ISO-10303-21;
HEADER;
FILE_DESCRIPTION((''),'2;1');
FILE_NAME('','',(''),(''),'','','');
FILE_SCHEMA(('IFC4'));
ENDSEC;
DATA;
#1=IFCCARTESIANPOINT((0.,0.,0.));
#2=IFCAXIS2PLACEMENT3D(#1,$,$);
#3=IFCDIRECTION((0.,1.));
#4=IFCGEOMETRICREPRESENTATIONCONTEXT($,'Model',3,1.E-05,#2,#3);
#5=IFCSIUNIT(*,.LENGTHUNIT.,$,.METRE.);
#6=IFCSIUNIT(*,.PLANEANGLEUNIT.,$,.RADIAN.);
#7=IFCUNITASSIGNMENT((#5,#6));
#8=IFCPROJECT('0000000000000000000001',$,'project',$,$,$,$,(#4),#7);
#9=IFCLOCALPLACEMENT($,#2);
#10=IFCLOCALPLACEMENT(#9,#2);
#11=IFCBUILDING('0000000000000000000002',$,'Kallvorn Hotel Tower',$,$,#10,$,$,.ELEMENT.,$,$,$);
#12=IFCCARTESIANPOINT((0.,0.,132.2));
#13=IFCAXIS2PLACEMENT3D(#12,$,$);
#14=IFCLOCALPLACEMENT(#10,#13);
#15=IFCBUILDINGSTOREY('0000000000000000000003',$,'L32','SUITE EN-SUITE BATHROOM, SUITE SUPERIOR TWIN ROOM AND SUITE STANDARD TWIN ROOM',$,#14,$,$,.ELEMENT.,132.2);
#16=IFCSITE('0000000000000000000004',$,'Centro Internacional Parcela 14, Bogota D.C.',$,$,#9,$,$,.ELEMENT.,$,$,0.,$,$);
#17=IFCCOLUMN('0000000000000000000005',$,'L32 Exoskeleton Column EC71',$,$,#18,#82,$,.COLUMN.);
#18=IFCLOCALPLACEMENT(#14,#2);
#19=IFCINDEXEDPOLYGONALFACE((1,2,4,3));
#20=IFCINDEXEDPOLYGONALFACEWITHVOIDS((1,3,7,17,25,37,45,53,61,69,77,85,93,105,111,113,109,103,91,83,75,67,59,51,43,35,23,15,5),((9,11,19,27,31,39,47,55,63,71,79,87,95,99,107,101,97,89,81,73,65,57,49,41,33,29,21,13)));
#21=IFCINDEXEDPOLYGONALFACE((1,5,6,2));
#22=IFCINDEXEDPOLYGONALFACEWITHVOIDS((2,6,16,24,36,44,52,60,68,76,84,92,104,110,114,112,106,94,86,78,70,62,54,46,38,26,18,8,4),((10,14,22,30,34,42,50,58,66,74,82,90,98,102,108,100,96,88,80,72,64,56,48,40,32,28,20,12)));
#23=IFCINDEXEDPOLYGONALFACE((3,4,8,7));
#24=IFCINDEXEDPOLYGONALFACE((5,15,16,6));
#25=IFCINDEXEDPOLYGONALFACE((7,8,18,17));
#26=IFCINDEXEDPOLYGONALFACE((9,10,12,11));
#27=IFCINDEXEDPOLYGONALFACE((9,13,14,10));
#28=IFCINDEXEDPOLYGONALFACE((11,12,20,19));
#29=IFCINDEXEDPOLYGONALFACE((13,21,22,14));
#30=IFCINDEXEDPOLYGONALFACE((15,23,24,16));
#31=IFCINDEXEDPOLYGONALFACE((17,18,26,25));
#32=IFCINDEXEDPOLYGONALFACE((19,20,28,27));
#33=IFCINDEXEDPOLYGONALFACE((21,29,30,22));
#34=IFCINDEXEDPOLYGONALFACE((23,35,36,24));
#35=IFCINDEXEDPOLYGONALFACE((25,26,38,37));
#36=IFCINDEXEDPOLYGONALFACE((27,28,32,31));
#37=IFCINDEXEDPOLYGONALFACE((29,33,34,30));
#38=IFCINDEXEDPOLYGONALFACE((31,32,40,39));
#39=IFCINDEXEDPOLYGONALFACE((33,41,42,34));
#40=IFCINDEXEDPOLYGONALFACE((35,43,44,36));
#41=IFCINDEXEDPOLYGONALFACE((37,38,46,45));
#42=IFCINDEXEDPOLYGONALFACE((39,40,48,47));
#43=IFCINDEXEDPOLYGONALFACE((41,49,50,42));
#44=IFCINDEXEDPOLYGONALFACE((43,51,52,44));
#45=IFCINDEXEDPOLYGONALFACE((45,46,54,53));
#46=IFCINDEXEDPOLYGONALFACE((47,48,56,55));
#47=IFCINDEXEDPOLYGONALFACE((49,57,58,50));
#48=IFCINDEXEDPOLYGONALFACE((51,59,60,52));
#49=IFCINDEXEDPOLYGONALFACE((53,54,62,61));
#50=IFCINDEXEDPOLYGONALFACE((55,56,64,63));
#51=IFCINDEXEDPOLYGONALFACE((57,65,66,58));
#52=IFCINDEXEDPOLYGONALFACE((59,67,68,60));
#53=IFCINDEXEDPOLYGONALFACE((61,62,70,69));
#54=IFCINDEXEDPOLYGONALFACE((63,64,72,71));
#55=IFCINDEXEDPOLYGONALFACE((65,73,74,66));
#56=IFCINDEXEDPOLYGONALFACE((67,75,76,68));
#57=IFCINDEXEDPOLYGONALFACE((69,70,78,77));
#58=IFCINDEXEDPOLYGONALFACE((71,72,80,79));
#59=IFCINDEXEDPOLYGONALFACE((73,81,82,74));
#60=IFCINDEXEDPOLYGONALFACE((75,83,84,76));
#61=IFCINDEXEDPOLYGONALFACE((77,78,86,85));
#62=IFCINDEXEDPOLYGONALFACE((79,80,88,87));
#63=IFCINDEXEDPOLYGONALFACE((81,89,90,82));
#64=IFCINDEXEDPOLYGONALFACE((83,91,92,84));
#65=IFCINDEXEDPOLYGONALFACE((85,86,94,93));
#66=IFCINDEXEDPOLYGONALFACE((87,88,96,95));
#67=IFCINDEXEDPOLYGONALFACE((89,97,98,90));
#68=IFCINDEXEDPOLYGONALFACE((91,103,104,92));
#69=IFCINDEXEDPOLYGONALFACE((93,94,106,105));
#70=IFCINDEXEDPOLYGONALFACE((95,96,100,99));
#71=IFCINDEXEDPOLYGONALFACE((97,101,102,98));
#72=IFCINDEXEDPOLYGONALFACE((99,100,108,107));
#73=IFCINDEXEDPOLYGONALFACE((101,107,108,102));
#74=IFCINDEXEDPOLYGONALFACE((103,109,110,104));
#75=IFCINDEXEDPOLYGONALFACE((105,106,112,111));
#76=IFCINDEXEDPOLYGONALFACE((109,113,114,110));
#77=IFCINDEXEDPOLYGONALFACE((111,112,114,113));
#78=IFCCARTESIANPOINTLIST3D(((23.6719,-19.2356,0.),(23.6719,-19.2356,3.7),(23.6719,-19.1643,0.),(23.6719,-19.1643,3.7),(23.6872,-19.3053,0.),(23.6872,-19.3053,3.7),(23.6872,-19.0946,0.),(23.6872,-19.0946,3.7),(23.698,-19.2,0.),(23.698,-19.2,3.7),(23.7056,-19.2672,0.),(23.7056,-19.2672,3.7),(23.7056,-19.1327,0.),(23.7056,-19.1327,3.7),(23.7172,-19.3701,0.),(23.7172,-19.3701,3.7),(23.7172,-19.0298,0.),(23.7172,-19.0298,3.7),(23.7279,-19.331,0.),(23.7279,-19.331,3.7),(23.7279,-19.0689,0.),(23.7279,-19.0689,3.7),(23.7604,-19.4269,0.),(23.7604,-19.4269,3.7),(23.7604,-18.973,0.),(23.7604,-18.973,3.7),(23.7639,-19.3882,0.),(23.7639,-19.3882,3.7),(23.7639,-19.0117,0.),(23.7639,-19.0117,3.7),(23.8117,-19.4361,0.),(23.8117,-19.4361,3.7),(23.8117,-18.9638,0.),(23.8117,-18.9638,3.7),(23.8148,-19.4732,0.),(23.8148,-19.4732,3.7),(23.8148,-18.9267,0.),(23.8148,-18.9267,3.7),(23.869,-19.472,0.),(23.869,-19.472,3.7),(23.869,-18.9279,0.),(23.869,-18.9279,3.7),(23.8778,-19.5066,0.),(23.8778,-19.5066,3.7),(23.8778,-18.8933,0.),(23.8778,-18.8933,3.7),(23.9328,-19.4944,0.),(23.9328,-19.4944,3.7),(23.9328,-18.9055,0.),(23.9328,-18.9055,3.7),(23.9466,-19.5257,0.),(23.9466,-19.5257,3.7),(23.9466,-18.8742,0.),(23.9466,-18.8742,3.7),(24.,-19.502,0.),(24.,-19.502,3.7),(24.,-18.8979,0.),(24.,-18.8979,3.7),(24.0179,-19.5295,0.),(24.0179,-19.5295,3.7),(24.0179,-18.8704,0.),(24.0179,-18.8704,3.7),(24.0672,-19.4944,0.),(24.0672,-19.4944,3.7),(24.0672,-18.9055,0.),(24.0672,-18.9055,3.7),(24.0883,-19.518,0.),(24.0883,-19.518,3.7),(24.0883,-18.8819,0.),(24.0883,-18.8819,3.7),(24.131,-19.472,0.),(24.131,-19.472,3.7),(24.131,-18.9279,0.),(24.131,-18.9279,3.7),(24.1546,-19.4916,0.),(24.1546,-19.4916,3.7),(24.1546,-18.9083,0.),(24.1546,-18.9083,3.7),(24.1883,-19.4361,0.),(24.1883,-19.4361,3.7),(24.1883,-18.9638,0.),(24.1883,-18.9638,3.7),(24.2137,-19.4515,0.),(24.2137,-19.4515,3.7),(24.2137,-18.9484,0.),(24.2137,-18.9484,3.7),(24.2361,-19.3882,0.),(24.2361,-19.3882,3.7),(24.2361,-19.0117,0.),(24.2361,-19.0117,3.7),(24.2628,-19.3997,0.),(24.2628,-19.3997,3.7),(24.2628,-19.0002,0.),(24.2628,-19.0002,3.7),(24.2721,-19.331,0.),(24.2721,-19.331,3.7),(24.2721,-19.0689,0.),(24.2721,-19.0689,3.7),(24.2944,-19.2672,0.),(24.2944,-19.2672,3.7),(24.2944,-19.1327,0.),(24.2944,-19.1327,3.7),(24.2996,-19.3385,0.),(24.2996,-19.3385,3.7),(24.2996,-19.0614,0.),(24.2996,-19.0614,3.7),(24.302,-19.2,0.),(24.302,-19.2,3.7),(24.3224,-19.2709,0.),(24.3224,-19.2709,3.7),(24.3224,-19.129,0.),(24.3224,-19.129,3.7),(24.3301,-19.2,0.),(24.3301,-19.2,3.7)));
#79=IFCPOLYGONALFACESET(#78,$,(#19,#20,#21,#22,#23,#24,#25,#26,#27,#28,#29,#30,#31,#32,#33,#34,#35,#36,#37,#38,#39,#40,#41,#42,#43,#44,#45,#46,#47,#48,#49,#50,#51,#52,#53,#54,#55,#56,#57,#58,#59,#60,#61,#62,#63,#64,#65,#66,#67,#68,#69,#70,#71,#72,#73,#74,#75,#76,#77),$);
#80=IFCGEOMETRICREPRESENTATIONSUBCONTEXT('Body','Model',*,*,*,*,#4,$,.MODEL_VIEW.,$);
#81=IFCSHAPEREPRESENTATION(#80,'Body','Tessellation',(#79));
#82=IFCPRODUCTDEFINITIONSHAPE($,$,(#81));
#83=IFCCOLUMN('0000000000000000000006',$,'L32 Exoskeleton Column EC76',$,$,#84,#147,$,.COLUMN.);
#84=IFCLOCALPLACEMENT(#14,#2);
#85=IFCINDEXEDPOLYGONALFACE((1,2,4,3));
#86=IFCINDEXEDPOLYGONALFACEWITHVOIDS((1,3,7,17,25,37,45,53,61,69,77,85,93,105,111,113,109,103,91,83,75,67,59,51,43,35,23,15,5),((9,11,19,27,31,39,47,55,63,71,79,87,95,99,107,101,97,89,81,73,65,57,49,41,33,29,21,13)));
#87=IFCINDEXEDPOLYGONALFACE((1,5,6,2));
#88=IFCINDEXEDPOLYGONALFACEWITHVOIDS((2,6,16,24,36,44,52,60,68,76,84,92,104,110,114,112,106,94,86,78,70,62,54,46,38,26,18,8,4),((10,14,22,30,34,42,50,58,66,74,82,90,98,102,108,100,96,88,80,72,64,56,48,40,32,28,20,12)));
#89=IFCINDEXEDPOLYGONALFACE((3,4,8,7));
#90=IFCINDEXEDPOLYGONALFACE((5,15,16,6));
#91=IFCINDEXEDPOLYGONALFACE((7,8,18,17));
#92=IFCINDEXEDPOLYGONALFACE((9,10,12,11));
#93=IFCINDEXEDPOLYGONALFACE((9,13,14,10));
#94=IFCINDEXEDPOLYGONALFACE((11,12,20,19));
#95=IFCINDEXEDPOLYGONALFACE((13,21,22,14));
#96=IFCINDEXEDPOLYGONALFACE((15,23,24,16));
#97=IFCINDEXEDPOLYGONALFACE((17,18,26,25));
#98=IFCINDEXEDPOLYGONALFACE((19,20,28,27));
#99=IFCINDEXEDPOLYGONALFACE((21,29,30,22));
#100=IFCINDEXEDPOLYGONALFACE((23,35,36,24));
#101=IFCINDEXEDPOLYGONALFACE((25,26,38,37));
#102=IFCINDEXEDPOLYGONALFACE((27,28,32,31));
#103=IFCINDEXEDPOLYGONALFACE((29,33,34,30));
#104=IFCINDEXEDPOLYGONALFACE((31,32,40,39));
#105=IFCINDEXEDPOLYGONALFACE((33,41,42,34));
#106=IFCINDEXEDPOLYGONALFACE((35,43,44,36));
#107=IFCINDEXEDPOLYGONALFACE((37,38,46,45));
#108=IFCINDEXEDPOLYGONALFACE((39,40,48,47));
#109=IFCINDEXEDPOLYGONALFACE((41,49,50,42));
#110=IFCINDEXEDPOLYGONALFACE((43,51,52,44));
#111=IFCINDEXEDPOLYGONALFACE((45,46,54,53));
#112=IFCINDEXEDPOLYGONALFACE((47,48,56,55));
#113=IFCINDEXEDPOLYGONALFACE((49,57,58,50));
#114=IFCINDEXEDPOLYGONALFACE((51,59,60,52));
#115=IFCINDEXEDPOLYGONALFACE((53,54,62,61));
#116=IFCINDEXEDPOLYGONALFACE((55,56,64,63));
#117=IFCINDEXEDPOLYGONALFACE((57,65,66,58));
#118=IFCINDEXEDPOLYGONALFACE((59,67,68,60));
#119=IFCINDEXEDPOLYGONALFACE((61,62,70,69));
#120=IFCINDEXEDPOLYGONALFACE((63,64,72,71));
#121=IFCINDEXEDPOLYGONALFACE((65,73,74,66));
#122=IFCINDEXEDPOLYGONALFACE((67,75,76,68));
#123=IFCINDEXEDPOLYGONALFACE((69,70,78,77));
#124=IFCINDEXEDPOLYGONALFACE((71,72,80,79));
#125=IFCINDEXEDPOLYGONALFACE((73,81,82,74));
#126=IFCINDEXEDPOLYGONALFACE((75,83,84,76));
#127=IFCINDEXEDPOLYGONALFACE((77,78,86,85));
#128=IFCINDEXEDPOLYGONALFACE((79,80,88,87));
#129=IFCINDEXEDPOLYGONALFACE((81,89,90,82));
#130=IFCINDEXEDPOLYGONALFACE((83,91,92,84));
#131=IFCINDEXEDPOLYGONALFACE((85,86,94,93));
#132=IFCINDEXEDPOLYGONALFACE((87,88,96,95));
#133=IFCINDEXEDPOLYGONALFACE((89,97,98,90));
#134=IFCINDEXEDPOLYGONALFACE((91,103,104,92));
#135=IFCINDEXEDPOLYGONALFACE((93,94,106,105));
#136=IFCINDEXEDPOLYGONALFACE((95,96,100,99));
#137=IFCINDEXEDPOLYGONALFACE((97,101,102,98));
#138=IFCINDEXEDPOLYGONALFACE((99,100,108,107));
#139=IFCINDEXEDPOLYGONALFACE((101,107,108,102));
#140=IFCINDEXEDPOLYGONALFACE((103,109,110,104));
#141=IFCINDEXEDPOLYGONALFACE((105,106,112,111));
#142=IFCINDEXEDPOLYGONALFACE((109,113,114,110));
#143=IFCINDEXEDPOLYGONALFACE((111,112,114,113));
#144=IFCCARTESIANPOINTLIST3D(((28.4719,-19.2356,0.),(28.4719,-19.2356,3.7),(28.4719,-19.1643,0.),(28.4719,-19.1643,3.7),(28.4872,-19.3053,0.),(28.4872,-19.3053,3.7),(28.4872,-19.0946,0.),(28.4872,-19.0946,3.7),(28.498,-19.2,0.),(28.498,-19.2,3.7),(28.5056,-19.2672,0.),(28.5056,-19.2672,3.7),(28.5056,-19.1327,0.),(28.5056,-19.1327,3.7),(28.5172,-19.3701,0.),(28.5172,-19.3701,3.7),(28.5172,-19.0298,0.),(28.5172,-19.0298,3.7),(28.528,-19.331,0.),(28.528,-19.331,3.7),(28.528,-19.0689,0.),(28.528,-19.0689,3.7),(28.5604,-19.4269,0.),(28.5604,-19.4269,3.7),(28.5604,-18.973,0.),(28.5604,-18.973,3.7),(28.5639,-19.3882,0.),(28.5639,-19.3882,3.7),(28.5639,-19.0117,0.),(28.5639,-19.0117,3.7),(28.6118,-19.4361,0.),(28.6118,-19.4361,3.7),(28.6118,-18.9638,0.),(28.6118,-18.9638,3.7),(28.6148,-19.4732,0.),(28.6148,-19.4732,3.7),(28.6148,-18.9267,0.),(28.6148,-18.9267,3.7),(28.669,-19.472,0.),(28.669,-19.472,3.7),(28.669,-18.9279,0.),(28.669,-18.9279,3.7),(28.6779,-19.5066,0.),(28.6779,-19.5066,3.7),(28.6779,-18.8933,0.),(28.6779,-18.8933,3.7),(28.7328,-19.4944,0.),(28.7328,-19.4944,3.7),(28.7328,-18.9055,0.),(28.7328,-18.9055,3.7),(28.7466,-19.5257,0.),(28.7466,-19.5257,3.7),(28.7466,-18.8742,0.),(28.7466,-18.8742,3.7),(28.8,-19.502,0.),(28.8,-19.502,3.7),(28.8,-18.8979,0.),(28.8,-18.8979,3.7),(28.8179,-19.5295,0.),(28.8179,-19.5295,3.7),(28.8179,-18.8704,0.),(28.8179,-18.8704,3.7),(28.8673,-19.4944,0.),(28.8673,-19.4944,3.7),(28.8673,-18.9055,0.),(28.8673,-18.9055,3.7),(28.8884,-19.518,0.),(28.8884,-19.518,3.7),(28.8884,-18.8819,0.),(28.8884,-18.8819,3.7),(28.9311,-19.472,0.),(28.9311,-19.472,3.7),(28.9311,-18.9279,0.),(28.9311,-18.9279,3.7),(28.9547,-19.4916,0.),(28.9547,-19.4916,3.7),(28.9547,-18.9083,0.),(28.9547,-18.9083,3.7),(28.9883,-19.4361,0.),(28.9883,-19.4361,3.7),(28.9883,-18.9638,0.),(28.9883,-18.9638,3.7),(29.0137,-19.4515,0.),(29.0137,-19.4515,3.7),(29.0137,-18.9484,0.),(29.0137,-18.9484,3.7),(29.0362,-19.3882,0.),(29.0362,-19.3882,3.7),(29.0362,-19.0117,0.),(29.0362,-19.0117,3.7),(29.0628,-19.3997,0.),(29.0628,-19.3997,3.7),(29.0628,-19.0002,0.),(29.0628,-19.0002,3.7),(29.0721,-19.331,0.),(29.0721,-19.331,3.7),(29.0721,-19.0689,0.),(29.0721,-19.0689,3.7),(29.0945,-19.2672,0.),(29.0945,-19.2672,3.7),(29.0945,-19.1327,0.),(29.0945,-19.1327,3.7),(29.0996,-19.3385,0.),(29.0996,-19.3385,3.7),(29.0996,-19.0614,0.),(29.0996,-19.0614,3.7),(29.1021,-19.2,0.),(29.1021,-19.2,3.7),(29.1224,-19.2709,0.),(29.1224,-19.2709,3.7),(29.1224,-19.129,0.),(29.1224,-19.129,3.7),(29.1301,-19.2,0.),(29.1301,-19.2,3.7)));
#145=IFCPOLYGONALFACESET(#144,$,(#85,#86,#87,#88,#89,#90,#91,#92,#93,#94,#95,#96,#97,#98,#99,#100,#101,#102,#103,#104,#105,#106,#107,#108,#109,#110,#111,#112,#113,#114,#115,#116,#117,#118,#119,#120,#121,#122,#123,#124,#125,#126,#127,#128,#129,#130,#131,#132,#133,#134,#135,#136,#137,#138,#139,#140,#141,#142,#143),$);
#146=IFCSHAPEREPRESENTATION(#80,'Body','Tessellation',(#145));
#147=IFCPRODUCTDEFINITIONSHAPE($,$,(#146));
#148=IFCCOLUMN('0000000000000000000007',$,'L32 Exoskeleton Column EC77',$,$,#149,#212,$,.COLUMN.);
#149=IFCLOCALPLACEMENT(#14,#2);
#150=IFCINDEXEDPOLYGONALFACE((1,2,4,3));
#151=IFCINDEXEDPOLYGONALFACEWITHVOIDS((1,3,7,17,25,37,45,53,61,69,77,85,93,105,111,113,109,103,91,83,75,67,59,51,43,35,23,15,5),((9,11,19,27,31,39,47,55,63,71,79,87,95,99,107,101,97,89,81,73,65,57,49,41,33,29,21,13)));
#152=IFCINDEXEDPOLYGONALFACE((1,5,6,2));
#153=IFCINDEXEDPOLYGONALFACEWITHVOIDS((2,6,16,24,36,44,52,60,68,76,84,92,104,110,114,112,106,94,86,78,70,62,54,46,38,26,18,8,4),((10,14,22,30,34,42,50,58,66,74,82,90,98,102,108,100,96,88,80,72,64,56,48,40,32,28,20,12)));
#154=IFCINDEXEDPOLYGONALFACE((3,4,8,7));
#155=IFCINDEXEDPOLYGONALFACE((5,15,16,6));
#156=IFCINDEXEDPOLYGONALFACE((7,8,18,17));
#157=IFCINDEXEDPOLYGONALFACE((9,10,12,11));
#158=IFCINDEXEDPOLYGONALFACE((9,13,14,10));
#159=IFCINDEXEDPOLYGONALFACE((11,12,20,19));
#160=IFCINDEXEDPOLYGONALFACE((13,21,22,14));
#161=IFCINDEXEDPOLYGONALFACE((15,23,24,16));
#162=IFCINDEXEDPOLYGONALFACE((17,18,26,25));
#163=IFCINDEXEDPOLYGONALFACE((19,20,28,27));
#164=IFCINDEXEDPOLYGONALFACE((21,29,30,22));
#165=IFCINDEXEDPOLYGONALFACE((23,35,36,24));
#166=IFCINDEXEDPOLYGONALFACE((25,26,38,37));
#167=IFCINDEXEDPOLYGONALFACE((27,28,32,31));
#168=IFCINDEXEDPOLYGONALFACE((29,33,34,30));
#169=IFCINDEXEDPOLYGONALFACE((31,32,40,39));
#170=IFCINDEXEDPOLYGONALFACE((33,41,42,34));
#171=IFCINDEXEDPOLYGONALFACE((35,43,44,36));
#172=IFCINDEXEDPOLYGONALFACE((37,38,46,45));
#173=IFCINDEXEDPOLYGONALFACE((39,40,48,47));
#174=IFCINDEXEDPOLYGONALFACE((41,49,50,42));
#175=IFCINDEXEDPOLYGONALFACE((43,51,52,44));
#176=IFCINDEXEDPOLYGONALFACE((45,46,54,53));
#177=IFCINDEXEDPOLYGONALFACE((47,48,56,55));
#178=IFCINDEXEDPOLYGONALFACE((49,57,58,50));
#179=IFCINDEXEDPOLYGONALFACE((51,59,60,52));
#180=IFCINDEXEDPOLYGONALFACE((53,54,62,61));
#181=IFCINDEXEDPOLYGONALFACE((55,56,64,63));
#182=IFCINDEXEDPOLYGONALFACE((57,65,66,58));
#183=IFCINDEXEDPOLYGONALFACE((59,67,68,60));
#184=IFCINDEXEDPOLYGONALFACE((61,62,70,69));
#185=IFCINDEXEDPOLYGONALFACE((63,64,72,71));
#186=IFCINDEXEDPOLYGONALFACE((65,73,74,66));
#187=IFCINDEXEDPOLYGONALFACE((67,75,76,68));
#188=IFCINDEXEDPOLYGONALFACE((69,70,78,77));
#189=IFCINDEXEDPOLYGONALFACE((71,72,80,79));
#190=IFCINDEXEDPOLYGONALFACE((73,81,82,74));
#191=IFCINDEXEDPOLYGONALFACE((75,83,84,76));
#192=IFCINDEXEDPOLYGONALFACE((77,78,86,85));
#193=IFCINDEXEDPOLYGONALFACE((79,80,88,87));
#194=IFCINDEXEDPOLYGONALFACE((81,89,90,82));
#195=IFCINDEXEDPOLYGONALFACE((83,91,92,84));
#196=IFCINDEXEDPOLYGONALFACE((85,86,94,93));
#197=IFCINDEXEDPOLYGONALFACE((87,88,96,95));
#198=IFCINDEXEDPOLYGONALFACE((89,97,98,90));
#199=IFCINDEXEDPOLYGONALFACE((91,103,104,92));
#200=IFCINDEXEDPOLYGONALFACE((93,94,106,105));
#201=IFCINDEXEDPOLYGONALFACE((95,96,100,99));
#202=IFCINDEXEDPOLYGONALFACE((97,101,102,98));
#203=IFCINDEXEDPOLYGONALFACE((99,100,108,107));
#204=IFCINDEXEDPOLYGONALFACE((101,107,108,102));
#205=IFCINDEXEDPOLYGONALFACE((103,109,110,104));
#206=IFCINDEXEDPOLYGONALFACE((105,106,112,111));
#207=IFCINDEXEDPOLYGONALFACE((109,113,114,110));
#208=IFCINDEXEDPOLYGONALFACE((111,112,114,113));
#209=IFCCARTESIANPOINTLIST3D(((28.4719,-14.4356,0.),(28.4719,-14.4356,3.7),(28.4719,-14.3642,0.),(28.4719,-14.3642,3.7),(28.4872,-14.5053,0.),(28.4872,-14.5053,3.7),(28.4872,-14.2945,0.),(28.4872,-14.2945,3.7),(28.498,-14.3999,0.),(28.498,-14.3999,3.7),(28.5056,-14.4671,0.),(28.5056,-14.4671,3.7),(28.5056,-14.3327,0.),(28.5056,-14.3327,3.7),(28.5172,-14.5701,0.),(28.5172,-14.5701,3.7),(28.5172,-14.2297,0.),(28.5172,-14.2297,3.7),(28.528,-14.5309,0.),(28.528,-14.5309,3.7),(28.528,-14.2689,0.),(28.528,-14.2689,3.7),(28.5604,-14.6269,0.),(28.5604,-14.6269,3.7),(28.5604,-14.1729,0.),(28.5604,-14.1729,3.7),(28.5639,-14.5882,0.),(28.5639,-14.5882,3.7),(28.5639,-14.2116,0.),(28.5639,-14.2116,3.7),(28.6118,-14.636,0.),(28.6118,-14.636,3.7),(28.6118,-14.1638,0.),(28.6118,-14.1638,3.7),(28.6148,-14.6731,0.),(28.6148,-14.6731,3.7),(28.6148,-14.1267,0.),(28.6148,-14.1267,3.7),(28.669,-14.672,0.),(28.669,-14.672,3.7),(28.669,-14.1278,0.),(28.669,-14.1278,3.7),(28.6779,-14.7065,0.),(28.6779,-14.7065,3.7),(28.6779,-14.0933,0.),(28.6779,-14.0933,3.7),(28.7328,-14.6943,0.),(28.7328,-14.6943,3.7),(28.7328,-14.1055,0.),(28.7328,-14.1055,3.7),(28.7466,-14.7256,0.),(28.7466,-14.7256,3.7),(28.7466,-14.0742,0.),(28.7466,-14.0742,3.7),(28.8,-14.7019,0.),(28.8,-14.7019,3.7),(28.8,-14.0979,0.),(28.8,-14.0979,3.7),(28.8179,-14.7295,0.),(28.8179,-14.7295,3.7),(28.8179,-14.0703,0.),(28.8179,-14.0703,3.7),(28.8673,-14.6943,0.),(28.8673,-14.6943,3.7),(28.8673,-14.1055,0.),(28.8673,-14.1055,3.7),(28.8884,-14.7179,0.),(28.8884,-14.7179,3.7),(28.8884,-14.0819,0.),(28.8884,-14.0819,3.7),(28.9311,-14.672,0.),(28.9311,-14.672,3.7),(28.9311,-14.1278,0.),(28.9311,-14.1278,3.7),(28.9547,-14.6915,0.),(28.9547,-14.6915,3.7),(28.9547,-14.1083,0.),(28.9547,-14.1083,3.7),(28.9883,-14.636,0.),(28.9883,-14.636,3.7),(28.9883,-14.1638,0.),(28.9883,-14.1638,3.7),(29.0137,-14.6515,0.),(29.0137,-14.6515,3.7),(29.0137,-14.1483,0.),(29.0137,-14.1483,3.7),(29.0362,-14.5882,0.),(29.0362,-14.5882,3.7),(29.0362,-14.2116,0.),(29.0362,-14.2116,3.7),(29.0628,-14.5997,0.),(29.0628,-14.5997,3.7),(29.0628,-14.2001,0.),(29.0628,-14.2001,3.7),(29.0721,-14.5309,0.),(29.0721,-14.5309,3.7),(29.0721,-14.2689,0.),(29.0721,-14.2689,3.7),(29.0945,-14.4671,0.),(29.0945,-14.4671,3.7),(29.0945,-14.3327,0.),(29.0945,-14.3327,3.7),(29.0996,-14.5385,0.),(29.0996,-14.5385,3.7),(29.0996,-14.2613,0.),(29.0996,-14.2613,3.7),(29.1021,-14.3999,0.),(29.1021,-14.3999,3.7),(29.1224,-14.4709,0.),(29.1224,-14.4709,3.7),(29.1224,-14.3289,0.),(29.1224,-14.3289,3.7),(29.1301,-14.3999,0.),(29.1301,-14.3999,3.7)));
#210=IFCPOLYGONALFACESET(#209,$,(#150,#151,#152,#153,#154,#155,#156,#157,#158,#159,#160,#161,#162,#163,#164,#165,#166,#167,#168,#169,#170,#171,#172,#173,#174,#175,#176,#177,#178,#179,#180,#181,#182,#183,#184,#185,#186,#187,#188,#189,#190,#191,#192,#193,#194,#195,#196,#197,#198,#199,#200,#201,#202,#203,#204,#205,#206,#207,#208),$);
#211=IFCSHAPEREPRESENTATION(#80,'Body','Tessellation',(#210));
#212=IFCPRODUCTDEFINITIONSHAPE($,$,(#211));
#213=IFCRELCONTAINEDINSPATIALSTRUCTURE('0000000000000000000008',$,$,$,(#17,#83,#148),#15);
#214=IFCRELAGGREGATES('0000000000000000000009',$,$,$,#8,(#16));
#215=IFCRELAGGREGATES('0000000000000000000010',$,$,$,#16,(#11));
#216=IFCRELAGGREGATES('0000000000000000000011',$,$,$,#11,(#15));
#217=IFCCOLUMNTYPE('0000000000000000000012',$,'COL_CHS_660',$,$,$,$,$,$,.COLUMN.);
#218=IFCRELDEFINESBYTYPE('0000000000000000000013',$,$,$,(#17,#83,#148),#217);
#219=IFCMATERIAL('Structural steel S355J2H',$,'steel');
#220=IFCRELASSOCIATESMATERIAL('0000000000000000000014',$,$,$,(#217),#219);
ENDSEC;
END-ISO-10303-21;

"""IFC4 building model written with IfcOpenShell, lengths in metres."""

from ifc_helpers import new_model, si_unit, direction, frame, origin, origin_2d, place, context, subcontext, project, spatial, hollow_circle, extrude, material, material_profile, profile_set, type_object, element, save


model = new_model("IFC4")

# Units and contexts
model_context = context("Model", 3, precision=1e-05, world=origin(), true_north=direction((0.0, 1.0)))
body_context = subcontext(model_context, "Body", "Model", "MODEL_VIEW")
ifc_project = project(units=[si_unit("LENGTHUNIT", "METRE"), si_unit("PLANEANGLEUNIT", "RADIAN")], contexts=[model_context])

# Site, building, storey
site_placement = place(None, origin())
site = spatial("IfcSite", under=ifc_project, at=site_placement, Name="Centro Internacional Parcela 14, Bogota D.C.", CompositionType="ELEMENT", RefElevation=0.0)
building_placement = place(site_placement, origin())
building = spatial("IfcBuilding", under=site, at=building_placement, Name="Kallvorn Hotel Tower", CompositionType="ELEMENT")
storey_placement = place(building_placement, frame((0.0, 0.0, 132.2)))
storey = spatial("IfcBuildingStorey", under=building, at=storey_placement, Name="L32", Description="SUITE EN-SUITE BATHROOM, SUITE SUPERIOR TWIN ROOM AND SUITE STANDARD TWIN ROOM", CompositionType="ELEMENT", Elevation=132.2)

# Columns
ifc_material_1 = material(Name="Structural steel S355J2H", Category="steel")
ifc_material_profile_1 = material_profile(ifc_material_1, hollow_circle(Radius=0.3301, WallThickness=0.0281, at=origin_2d()), Name="CHS 660x28")
ifc_profile_set_1 = profile_set([ifc_material_profile_1], Name="Structural steel S355J2H")
column_type_1 = type_object("IfcColumnType", Name="COL_CHS_660", PredefinedType="COLUMN", material=ifc_profile_set_1)
for number, where, z_axis, x_axis, name in (
    (1, (24.0, -19.2, 0.0), (0.0, 0.0, 1.0), (1.0, 0.0, 0.0), "L32 Exoskeleton Column EC71"),
    (2, (28.8, -19.2, 0.0), (0.0, 0.0, 1.0), (1.0, 0.0, 0.0), "L32 Exoskeleton Column EC76"),
    (3, (28.8, -14.3999, 0.0), (0.0, 0.0, 1.0), (1.0, 0.0, 0.0), "L32 Exoskeleton Column EC77"),
):
    element("IfcColumn", number, at=place(storey_placement, frame(where, z_axis=z_axis, x_axis=x_axis)), inside=storey, type_object=column_type_1, Name=name, PredefinedType="COLUMN", context=body_context, shape_type="SweptSolid", body=[
        extrude(hollow_circle(Radius=0.3301, WallThickness=0.0281, at=origin_2d()), origin(), (0.0, 0.0, 1.0), 3.7),
    ])

save(model, "model.ifc")
